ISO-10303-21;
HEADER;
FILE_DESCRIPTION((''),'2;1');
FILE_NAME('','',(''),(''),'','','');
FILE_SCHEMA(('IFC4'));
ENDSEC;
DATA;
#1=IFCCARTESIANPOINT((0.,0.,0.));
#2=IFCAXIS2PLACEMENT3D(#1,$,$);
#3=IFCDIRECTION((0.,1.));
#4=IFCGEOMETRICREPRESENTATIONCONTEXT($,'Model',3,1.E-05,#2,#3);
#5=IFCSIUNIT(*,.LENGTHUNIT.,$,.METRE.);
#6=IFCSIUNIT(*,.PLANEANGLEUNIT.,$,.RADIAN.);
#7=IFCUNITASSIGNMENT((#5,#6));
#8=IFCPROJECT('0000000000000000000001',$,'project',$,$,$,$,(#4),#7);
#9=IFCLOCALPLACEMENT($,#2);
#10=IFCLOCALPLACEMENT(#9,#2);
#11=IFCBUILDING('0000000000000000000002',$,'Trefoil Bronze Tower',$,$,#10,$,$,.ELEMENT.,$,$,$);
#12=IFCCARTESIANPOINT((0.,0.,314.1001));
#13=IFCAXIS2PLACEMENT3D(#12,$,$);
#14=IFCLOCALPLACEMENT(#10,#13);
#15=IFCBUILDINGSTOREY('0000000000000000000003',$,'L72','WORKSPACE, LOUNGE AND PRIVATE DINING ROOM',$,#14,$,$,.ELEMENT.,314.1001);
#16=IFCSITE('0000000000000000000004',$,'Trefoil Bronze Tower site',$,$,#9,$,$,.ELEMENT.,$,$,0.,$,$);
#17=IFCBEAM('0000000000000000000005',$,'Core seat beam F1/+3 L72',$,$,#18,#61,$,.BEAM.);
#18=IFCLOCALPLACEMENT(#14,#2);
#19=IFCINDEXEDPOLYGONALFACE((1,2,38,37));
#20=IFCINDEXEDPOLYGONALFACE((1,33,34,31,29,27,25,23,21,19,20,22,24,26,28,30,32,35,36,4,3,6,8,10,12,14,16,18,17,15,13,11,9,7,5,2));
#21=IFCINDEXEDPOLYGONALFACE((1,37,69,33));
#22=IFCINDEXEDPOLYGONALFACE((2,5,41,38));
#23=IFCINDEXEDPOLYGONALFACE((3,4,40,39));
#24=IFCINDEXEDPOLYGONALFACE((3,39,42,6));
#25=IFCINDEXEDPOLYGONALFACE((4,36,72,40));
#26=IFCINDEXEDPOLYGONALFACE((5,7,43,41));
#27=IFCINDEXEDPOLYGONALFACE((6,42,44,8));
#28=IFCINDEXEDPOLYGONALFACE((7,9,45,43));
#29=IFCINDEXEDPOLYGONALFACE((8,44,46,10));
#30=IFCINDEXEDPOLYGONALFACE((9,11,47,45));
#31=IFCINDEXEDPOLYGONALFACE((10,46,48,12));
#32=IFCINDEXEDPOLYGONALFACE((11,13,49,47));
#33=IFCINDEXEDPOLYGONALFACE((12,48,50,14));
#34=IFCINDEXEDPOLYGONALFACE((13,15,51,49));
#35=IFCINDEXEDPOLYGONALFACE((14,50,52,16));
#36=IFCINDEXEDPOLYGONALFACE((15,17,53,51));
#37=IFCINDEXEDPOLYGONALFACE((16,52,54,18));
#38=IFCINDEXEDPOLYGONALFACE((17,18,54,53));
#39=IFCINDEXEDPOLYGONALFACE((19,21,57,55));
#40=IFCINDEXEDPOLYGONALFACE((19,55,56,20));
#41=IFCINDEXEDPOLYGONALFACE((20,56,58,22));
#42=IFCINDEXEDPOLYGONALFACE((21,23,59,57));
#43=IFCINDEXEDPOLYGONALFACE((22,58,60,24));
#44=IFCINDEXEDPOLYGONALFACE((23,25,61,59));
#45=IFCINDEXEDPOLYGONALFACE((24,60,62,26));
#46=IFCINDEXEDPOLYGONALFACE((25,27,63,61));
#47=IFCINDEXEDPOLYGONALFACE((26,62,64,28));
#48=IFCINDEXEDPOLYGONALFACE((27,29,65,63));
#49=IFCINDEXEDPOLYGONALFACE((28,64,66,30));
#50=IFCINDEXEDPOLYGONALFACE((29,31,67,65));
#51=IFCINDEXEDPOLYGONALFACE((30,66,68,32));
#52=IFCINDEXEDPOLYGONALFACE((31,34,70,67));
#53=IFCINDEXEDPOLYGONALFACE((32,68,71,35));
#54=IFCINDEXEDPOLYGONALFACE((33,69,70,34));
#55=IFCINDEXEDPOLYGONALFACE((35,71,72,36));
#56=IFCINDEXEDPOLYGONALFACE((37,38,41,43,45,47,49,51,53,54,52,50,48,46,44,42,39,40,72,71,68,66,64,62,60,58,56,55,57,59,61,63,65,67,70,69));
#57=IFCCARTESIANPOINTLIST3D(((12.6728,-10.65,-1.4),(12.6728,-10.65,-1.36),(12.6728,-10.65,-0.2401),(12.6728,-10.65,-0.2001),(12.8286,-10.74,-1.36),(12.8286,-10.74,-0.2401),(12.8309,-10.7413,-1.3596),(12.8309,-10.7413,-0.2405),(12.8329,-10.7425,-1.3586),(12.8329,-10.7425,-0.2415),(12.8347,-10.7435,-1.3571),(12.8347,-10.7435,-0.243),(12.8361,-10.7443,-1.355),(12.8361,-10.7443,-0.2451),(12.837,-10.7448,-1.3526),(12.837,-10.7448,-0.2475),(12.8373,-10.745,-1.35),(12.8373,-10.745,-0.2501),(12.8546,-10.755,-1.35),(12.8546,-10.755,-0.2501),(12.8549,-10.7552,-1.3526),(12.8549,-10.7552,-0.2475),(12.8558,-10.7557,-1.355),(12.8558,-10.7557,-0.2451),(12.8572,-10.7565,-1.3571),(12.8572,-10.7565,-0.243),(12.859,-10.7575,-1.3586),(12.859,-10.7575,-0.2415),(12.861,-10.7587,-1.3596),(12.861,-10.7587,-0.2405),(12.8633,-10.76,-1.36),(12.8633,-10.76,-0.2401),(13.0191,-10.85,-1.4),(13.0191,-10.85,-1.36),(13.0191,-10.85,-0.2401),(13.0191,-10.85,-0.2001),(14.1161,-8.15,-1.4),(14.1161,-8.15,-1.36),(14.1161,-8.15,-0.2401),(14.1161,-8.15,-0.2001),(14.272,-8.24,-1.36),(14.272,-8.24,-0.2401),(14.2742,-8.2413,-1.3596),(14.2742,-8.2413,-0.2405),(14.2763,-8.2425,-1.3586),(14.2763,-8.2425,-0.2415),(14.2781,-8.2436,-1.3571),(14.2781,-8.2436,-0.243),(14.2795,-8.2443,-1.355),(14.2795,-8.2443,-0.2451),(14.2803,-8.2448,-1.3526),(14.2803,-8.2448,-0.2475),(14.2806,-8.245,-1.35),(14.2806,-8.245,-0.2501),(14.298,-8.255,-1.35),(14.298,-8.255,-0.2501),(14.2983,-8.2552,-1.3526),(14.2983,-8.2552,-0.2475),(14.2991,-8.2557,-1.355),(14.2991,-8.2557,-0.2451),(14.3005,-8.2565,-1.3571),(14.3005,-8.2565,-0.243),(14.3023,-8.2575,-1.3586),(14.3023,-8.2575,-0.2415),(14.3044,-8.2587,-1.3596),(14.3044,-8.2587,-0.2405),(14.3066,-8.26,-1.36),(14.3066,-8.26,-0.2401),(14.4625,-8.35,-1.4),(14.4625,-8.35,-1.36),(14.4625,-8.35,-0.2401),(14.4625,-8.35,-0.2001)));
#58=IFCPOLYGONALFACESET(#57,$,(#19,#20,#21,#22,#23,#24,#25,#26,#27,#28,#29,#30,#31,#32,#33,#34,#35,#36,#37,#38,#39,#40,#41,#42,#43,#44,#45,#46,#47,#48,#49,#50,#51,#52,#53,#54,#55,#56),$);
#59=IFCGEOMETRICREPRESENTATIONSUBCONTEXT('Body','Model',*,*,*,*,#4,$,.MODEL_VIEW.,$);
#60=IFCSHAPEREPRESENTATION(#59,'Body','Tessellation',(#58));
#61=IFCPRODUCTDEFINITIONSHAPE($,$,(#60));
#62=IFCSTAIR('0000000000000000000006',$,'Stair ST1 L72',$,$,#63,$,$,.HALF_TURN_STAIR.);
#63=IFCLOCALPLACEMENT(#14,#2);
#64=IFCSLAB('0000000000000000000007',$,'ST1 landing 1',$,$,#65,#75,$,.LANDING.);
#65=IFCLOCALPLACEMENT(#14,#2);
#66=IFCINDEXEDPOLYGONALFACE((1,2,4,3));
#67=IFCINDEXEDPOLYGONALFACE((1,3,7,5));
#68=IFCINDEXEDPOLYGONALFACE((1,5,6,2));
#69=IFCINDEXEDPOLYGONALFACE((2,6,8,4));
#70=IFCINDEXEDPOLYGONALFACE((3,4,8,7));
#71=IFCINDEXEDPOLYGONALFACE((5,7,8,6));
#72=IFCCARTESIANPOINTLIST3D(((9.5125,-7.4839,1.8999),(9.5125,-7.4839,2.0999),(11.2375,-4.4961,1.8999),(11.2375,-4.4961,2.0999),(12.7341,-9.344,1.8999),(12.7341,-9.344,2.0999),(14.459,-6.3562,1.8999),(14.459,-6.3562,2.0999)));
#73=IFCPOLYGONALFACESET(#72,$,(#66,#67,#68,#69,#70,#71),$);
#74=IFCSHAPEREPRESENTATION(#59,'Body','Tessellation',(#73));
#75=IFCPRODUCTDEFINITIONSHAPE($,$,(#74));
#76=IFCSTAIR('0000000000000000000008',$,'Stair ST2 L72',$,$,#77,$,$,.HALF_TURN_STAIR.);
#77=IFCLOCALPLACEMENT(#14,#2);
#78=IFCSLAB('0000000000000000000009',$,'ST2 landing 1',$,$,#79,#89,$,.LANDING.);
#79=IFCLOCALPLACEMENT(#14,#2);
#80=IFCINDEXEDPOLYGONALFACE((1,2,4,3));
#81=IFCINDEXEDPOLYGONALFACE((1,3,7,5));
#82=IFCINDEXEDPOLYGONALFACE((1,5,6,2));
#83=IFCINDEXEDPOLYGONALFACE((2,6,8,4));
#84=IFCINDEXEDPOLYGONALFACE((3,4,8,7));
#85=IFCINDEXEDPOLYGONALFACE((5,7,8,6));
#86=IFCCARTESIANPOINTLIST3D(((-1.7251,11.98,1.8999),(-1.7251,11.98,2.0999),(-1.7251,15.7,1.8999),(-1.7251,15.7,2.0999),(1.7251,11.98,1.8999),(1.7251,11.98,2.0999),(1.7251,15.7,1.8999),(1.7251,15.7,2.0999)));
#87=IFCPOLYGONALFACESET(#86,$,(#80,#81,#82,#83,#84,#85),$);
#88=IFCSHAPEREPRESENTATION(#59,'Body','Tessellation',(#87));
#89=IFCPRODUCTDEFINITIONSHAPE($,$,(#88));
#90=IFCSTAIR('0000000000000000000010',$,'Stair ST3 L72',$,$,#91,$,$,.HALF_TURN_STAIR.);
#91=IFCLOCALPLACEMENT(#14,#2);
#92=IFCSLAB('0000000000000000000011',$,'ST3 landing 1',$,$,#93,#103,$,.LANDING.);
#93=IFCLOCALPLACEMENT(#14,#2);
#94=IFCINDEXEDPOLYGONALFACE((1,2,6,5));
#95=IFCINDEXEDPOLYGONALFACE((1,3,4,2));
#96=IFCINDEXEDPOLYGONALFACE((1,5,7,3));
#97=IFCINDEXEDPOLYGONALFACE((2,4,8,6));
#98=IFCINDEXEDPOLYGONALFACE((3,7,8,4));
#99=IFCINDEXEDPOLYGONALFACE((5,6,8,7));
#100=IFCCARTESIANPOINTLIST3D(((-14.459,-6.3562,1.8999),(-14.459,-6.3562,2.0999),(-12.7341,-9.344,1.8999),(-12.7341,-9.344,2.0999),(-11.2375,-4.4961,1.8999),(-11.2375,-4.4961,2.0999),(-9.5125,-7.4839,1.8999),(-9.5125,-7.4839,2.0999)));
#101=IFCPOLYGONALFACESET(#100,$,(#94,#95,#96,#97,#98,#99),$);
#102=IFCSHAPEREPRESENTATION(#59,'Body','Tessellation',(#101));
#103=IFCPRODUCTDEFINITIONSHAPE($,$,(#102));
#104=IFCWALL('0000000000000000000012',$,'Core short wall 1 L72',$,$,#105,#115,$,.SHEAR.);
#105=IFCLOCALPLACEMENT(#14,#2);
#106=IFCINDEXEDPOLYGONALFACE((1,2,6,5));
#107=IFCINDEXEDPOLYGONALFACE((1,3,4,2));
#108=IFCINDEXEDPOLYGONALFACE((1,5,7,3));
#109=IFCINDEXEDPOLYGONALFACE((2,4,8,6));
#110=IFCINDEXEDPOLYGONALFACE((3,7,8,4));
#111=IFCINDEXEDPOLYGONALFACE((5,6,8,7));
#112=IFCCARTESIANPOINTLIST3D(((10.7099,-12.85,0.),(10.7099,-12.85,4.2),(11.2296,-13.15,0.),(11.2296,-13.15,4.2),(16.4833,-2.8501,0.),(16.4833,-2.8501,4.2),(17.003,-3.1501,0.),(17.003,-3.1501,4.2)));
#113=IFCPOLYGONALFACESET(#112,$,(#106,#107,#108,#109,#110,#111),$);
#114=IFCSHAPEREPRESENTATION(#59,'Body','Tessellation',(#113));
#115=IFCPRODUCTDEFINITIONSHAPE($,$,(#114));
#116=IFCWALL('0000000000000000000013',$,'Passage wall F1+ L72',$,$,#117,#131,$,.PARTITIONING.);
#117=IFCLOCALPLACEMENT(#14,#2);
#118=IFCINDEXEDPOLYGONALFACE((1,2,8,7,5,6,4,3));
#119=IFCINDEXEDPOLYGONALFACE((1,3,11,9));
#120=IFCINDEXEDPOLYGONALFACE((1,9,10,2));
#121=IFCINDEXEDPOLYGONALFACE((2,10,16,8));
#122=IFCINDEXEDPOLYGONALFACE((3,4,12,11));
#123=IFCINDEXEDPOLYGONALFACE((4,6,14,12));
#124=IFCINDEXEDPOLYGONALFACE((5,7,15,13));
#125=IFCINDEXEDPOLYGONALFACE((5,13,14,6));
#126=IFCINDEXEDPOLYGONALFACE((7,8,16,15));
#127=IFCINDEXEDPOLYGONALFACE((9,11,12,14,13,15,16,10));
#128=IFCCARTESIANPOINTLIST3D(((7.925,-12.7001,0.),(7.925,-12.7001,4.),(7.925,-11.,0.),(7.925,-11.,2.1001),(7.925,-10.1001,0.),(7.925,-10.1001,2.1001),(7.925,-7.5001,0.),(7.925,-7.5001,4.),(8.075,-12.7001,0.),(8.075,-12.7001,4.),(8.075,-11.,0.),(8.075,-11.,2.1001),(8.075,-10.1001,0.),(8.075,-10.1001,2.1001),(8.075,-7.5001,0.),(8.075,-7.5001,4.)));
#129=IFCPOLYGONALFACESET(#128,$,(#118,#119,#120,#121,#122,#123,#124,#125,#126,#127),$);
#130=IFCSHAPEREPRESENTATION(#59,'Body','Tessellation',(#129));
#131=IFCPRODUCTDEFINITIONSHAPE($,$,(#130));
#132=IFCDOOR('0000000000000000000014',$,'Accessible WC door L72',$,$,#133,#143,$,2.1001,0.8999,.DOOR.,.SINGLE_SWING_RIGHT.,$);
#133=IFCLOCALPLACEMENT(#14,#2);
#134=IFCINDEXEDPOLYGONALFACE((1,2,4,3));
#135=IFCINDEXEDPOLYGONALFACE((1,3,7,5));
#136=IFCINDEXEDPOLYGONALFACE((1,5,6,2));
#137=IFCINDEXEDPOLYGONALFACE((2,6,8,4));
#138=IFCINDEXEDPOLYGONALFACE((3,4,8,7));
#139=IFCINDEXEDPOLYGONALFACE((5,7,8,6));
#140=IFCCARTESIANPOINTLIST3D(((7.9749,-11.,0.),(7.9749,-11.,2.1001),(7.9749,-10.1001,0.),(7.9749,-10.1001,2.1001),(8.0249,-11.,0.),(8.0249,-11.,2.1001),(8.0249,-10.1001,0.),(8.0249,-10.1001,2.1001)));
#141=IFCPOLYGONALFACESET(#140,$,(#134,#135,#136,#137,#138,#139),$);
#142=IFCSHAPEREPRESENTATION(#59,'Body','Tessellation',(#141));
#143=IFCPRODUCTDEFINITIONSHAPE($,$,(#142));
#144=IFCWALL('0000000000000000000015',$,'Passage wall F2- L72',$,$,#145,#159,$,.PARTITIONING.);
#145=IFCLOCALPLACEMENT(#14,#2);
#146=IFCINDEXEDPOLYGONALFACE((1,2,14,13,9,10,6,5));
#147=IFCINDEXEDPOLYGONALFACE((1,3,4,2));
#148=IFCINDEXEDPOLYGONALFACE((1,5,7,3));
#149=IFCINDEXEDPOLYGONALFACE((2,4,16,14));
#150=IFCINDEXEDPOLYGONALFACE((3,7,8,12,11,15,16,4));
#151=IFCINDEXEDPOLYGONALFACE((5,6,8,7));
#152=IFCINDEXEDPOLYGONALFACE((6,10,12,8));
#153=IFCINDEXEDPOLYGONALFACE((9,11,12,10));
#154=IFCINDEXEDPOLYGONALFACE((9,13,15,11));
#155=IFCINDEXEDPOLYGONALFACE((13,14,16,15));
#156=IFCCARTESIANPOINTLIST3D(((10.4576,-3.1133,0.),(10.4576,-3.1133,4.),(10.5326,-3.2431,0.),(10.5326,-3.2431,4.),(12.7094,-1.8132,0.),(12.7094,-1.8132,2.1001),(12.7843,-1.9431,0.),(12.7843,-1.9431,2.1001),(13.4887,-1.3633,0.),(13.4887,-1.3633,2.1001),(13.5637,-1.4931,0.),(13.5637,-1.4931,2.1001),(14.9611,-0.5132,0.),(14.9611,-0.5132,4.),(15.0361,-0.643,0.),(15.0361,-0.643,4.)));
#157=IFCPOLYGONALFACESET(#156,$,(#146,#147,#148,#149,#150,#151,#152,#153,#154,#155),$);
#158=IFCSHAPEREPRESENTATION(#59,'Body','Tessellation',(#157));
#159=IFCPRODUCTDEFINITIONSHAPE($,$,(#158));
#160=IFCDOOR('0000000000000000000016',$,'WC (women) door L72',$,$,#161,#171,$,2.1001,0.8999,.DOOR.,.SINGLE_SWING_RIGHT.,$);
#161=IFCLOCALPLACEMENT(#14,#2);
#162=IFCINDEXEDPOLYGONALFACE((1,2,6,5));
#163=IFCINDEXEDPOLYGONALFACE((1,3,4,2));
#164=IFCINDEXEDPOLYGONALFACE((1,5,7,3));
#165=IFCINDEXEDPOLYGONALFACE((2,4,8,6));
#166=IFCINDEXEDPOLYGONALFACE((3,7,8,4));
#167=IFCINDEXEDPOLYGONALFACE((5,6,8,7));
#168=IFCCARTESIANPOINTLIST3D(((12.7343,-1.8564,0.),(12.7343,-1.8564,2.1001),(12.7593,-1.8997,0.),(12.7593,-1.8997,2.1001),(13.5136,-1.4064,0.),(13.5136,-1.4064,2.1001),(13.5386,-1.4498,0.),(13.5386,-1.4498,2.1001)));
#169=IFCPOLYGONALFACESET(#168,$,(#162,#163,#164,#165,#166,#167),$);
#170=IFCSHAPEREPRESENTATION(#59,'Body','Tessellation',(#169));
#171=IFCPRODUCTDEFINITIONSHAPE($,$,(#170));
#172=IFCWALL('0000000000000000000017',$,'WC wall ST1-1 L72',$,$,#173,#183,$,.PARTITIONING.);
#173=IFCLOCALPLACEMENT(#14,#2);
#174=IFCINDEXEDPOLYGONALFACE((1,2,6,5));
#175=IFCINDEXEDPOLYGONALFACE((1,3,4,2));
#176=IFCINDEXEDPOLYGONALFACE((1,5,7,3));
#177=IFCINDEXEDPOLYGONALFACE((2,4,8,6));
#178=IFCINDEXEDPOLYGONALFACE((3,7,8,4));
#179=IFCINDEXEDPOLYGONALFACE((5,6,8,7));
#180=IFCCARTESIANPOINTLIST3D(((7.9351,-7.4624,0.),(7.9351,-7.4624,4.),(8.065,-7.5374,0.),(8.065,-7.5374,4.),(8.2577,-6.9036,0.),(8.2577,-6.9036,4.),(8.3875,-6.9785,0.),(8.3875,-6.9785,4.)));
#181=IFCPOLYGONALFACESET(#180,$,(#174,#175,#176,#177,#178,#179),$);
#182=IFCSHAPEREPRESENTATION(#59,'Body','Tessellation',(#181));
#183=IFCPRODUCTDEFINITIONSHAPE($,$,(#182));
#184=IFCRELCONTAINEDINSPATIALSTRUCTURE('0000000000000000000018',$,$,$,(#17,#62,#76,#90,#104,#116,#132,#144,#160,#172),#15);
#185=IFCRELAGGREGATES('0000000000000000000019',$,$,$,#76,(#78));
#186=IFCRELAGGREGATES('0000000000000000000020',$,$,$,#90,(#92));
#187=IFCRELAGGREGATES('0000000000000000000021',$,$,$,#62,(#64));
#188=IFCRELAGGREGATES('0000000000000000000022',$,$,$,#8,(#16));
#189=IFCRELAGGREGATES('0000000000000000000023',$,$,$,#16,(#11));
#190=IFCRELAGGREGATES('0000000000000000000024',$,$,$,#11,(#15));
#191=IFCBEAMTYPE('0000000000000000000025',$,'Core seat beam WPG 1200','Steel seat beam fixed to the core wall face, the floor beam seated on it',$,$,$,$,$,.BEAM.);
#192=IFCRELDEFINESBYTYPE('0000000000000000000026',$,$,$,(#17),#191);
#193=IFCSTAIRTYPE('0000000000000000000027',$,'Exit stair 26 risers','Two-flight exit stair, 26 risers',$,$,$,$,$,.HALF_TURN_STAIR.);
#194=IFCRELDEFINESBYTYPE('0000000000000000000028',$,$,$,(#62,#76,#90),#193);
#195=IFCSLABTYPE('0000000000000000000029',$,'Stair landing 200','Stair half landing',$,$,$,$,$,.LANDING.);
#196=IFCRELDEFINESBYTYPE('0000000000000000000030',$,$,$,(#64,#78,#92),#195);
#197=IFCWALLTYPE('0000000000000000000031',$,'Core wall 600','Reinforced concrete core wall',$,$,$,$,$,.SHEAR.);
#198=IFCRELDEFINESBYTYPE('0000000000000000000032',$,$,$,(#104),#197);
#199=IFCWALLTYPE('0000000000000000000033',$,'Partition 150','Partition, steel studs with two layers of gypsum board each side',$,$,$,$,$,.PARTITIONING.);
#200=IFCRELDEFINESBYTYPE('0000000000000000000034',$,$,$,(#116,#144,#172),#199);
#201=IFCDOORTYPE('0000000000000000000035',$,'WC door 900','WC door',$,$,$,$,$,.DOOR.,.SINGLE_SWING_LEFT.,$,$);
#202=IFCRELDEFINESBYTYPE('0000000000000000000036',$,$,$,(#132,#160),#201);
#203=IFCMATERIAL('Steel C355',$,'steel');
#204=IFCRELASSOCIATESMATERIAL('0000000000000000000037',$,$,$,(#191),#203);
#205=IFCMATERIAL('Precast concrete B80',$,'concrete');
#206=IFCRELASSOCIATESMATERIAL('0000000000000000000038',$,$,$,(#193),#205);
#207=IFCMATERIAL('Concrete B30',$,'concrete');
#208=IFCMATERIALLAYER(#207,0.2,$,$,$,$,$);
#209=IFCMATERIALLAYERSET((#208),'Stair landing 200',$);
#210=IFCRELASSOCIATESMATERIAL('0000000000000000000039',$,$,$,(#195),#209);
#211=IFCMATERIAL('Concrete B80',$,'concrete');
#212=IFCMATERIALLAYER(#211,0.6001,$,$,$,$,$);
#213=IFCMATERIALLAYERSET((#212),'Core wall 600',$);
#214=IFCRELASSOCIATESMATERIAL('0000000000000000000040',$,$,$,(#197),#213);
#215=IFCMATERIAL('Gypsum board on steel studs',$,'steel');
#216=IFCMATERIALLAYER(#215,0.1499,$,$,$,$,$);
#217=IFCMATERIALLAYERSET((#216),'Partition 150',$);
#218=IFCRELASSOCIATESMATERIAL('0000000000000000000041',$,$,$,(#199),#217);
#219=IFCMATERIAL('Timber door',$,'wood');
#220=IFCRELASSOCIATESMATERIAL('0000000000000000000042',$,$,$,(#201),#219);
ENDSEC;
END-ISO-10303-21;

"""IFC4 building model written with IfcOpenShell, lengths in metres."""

from ifc_helpers import new_model, si_unit, direction, frame, frame_2d, origin, origin_2d, place, context, subcontext, project, spatial, polyline, rectangle, i_section, outline, extrude, material, layer, layer_set, material_profile, profile_set, type_object, element, fill, aggregate, save


model = new_model("IFC4")

# Units and contexts
model_context = context("Model", 3, precision=1e-05, world=origin(), true_north=direction((0.0, 1.0)))
body_context = subcontext(model_context, "Body", "Model", "MODEL_VIEW")
ifc_project = project(units=[si_unit("LENGTHUNIT", "METRE"), si_unit("PLANEANGLEUNIT", "RADIAN")], contexts=[model_context])

# Site, building, storey
site_placement = place(None, origin())
site = spatial("IfcSite", under=ifc_project, at=site_placement, Name="Trefoil Bronze Tower site", CompositionType="ELEMENT", RefElevation=0.0)
building_placement = place(site_placement, origin())
building = spatial("IfcBuilding", under=site, at=building_placement, Name="Trefoil Bronze Tower", CompositionType="ELEMENT")
storey_placement = place(building_placement, frame((0.0, 0.0, 314.1001)))
storey = spatial("IfcBuildingStorey", under=building, at=storey_placement, Name="L72", Description="WORKSPACE, LOUNGE AND PRIVATE DINING ROOM", CompositionType="ELEMENT", Elevation=314.1001)

# Beam
ifc_material_1 = material(Name="Steel C355", Category="steel")
ifc_material_profile = material_profile(ifc_material_1, i_section(OverallWidth=0.3999, OverallDepth=1.2, WebThickness=0.02, FlangeThickness=0.04, FilletRadius=0.01, at=origin_2d()), Name="WPG 1200")
ifc_profile_set = profile_set([ifc_material_profile], Name="Steel C355")
beam_type = type_object("IfcBeamType", Name="Core seat beam WPG 1200", Description="Steel seat beam fixed to the core wall face, the floor beam seated on it", PredefinedType="BEAM", material=ifc_profile_set)
beam_placement = place(storey_placement, frame((12.8459, -10.75, -0.8), z_axis=(0.499996, 0.866028, 0.0), x_axis=(-0.866028, 0.499996, 0.0)))
element("IfcBeam", 1, at=beam_placement, inside=storey, type_object=beam_type, Name="Core seat beam F1/+3 L72", PredefinedType="BEAM", context=body_context, shape_type="SweptSolid", body=[
    extrude(i_section(OverallWidth=0.3999, OverallDepth=1.2, WebThickness=0.02, FlangeThickness=0.04, FilletRadius=0.01, at=origin_2d()), origin(), (0.0, 0.0, 1.0), 2.8867),
])

# Stairs, slabs
ifc_material_2 = material(Name="Precast concrete B80", Category="concrete")
stair_type = type_object("IfcStairType", Name="Exit stair 26 risers", Description="Two-flight exit stair, 26 risers", PredefinedType="HALF_TURN_STAIR", material=ifc_material_2)
stair_1_placement = place(storey_placement, origin())
stair_1 = element("IfcStair", 2, at=stair_1_placement, inside=storey, type_object=stair_type, Name="Stair ST1 L72", PredefinedType="HALF_TURN_STAIR")
ifc_material_3 = material(Name="Concrete B30", Category="concrete")
ifc_layer_1 = layer(ifc_material_3, 0.2)
ifc_layer_set_1 = layer_set([ifc_layer_1], Name="Stair landing 200")
slab_type = type_object("IfcSlabType", Name="Stair landing 200", Description="Stair half landing", PredefinedType="LANDING", material=ifc_layer_set_1)
slab_1_placement = place(storey_placement, frame((0.0, 0.0, 1.8999)))
slab_1 = element("IfcSlab", 3, at=slab_1_placement, type_object=slab_type, Name="ST1 landing 1", PredefinedType="LANDING", context=body_context, shape_type="SweptSolid", body=[
    extrude(outline(polyline([(9.5125, -7.4839), (12.7341, -9.344), (14.459, -6.3562), (11.2375, -4.4961), (9.5125, -7.4839)])), origin(), (0.0, 0.0, 1.0), 0.2),
])
stair_2_placement = place(storey_placement, origin())
stair_2 = element("IfcStair", 4, at=stair_2_placement, inside=storey, type_object=stair_type, Name="Stair ST2 L72", PredefinedType="HALF_TURN_STAIR")
slab_2_placement = place(storey_placement, frame((0.0, 0.0, 1.8999)))
slab_2 = element("IfcSlab", 5, at=slab_2_placement, type_object=slab_type, Name="ST2 landing 1", PredefinedType="LANDING", context=body_context, shape_type="SweptSolid", body=[
    extrude(outline(polyline([(1.7251, 11.98), (1.7251, 15.7), (-1.7251, 15.7), (-1.7251, 11.98), (1.7251, 11.98)])), origin(), (0.0, 0.0, 1.0), 0.2),
])
aggregate(stair_2, [slab_2])
stair_3_placement = place(storey_placement, origin())
stair_3 = element("IfcStair", 6, at=stair_3_placement, inside=storey, type_object=stair_type, Name="Stair ST3 L72", PredefinedType="HALF_TURN_STAIR")
slab_3_placement = place(storey_placement, frame((0.0, 0.0, 1.8999)))
slab_3 = element("IfcSlab", 7, at=slab_3_placement, type_object=slab_type, Name="ST3 landing 1", PredefinedType="LANDING", context=body_context, shape_type="SweptSolid", body=[
    extrude(outline(polyline([(-11.2375, -4.4961), (-14.459, -6.3562), (-12.7341, -9.344), (-9.5125, -7.4839), (-11.2375, -4.4961)])), origin(), (0.0, 0.0, 1.0), 0.2),
])
aggregate(stair_3, [slab_3])

# Wall
ifc_material_4 = material(Name="Concrete B80", Category="concrete")
ifc_layer_2 = layer(ifc_material_4, 0.6001)
ifc_layer_set_2 = layer_set([ifc_layer_2], Name="Core wall 600")
wall_type_1 = type_object("IfcWallType", Name="Core wall 600", Description="Reinforced concrete core wall", PredefinedType="SHEAR", material=ifc_layer_set_2)
wall_1_placement = place(storey_placement, frame((10.9697, -13.0, 0.0), z_axis=(0.0, 0.0, 1.0), x_axis=(0.499996, 0.866028, 0.0)))
element("IfcWall", 8, at=wall_1_placement, inside=storey, type_object=wall_type_1, Name="Core short wall 1 L72", PredefinedType="SHEAR", context=body_context, shape_type="SweptSolid", body=[
    extrude(rectangle(XDim=11.5469, YDim=0.6001, at=frame_2d((5.7734, 0.0))), origin(), (0.0, 0.0, 1.0), 4.2),
])

# Walls, openings, doors
ifc_material_5 = material(Name="Gypsum board on steel studs", Category="steel")
ifc_layer_3 = layer(ifc_material_5, 0.1499)
ifc_layer_set_3 = layer_set([ifc_layer_3], Name="Partition 150")
wall_type_2 = type_object("IfcWallType", Name="Partition 150", Description="Partition, steel studs with two layers of gypsum board each side", PredefinedType="PARTITIONING", material=ifc_layer_set_3)
wall_2_placement = place(storey_placement, frame((8.0, -7.5, 0.0), z_axis=(0.0, 0.0, 1.0), x_axis=(0.0, -1.0, 0.0)))
wall_2 = element("IfcWall", 9, at=wall_2_placement, inside=storey, type_object=wall_type_2, Name="Passage wall F1+ L72", PredefinedType="PARTITIONING", context=body_context, shape_type="SweptSolid", body=[
    extrude(rectangle(XDim=5.2, YDim=0.1499, at=frame_2d((2.6001, 0.0))), origin(), (0.0, 0.0, 1.0), 4.0),
])
opening_1_placement = place(wall_2_placement, frame((2.6001, 0.0, 0.0)))
opening_1 = element("IfcOpeningElement", 10, at=opening_1_placement, cuts=wall_2, PredefinedType="OPENING", context=body_context, shape_type="SweptSolid", body=[
    extrude(rectangle(XDim=0.8999, YDim=2.1001, at=frame_2d((0.45, 1.05))), frame((0.0, 0.085, 0.0), z_axis=(0.0, -1.0, 0.0), x_axis=(1.0, 0.0, 0.0)), (0.0, 0.0, 1.0), 0.1699),
])
ifc_material_6 = material(Name="Timber door", Category="wood")
door_type_1 = type_object("IfcDoorType", Name="WC door 900", Description="WC door", OperationType="SINGLE_SWING_LEFT", PredefinedType="DOOR", material=ifc_material_6)
door_1_placement = place(opening_1_placement, origin())
door_1 = element("IfcDoor", 11, at=door_1_placement, inside=storey, type_object=door_type_1, Name="Accessible WC door L72", OperationType="SINGLE_SWING_RIGHT", OverallHeight=2.1001, OverallWidth=0.8999, PredefinedType="DOOR", context=body_context, shape_type="SweptSolid", body=[
    extrude(rectangle(XDim=0.8999, YDim=2.1001, at=frame_2d((0.45, 1.05))), frame((0.0, 0.0249, 0.0), z_axis=(0.0, -1.0, 0.0), x_axis=(1.0, 0.0, 0.0)), (0.0, 0.0, 1.0), 0.05),
])
fill(opening_1, door_1)
wall_3_placement = place(storey_placement, frame((10.4951, -3.1782, 0.0), z_axis=(0.0, 0.0, 1.0), x_axis=(0.866021, 0.500007, 0.0)))
wall_3 = element("IfcWall", 12, at=wall_3_placement, inside=storey, type_object=wall_type_2, Name="Passage wall F2- L72", PredefinedType="PARTITIONING", context=body_context, shape_type="SweptSolid", body=[
    extrude(rectangle(XDim=5.2002, YDim=0.1499, at=frame_2d((2.6001, 0.0))), origin(), (0.0, 0.0, 1.0), 4.0),
])
opening_2_placement = place(wall_3_placement, frame((2.6001, 0.0, 0.0)))
opening_2 = element("IfcOpeningElement", 13, at=opening_2_placement, cuts=wall_3, PredefinedType="OPENING", context=body_context, shape_type="SweptSolid", body=[
    extrude(rectangle(XDim=0.8999, YDim=2.1001, at=frame_2d((0.45, 1.05))), frame((0.0, 0.085, 0.0), z_axis=(0.0, -1.0, 0.0), x_axis=(1.0, 0.0, 0.0)), (0.0, 0.0, 1.0), 0.1699),
])
door_2_placement = place(opening_2_placement, frame((0.8999, 0.0, 0.0), z_axis=(0.0, 0.0, 1.0), x_axis=(-1.0, 0.0, 0.0)))
door_2 = element("IfcDoor", 14, at=door_2_placement, inside=storey, type_object=door_type_1, Name="WC (women) door L72", OperationType="SINGLE_SWING_RIGHT", OverallHeight=2.1001, OverallWidth=0.8999, PredefinedType="DOOR", context=body_context, shape_type="SweptSolid", body=[
    extrude(rectangle(XDim=0.8999, YDim=2.1001, at=frame_2d((0.45, 1.05))), frame((0.0, 0.0249, 0.0), z_axis=(0.0, -1.0, 0.0), x_axis=(1.0, 0.0, 0.0)), (0.0, 0.0, 1.0), 0.05),
])
fill(opening_2, door_2)

# Wall
for number, where, z_axis, x_axis, name in (
    (15, (8.0, -7.5, 0.0), (0.0, 0.0, 1.0), (0.499843, 0.866116, 0.0), "WC wall ST1-1 L72"),
):
    element("IfcWall", number, at=place(storey_placement, frame(where, z_axis=z_axis, x_axis=x_axis)), inside=storey, type_object=wall_type_2, Name=name, PredefinedType="PARTITIONING", context=body_context, shape_type="SweptSolid", body=[
        extrude(rectangle(XDim=0.6453, YDim=0.1499, at=frame_2d((0.3228, 0.0))), origin(), (0.0, 0.0, 1.0), 4.0),
    ])

aggregate(stair_1, [slab_1])

save(model, "model.ifc")
